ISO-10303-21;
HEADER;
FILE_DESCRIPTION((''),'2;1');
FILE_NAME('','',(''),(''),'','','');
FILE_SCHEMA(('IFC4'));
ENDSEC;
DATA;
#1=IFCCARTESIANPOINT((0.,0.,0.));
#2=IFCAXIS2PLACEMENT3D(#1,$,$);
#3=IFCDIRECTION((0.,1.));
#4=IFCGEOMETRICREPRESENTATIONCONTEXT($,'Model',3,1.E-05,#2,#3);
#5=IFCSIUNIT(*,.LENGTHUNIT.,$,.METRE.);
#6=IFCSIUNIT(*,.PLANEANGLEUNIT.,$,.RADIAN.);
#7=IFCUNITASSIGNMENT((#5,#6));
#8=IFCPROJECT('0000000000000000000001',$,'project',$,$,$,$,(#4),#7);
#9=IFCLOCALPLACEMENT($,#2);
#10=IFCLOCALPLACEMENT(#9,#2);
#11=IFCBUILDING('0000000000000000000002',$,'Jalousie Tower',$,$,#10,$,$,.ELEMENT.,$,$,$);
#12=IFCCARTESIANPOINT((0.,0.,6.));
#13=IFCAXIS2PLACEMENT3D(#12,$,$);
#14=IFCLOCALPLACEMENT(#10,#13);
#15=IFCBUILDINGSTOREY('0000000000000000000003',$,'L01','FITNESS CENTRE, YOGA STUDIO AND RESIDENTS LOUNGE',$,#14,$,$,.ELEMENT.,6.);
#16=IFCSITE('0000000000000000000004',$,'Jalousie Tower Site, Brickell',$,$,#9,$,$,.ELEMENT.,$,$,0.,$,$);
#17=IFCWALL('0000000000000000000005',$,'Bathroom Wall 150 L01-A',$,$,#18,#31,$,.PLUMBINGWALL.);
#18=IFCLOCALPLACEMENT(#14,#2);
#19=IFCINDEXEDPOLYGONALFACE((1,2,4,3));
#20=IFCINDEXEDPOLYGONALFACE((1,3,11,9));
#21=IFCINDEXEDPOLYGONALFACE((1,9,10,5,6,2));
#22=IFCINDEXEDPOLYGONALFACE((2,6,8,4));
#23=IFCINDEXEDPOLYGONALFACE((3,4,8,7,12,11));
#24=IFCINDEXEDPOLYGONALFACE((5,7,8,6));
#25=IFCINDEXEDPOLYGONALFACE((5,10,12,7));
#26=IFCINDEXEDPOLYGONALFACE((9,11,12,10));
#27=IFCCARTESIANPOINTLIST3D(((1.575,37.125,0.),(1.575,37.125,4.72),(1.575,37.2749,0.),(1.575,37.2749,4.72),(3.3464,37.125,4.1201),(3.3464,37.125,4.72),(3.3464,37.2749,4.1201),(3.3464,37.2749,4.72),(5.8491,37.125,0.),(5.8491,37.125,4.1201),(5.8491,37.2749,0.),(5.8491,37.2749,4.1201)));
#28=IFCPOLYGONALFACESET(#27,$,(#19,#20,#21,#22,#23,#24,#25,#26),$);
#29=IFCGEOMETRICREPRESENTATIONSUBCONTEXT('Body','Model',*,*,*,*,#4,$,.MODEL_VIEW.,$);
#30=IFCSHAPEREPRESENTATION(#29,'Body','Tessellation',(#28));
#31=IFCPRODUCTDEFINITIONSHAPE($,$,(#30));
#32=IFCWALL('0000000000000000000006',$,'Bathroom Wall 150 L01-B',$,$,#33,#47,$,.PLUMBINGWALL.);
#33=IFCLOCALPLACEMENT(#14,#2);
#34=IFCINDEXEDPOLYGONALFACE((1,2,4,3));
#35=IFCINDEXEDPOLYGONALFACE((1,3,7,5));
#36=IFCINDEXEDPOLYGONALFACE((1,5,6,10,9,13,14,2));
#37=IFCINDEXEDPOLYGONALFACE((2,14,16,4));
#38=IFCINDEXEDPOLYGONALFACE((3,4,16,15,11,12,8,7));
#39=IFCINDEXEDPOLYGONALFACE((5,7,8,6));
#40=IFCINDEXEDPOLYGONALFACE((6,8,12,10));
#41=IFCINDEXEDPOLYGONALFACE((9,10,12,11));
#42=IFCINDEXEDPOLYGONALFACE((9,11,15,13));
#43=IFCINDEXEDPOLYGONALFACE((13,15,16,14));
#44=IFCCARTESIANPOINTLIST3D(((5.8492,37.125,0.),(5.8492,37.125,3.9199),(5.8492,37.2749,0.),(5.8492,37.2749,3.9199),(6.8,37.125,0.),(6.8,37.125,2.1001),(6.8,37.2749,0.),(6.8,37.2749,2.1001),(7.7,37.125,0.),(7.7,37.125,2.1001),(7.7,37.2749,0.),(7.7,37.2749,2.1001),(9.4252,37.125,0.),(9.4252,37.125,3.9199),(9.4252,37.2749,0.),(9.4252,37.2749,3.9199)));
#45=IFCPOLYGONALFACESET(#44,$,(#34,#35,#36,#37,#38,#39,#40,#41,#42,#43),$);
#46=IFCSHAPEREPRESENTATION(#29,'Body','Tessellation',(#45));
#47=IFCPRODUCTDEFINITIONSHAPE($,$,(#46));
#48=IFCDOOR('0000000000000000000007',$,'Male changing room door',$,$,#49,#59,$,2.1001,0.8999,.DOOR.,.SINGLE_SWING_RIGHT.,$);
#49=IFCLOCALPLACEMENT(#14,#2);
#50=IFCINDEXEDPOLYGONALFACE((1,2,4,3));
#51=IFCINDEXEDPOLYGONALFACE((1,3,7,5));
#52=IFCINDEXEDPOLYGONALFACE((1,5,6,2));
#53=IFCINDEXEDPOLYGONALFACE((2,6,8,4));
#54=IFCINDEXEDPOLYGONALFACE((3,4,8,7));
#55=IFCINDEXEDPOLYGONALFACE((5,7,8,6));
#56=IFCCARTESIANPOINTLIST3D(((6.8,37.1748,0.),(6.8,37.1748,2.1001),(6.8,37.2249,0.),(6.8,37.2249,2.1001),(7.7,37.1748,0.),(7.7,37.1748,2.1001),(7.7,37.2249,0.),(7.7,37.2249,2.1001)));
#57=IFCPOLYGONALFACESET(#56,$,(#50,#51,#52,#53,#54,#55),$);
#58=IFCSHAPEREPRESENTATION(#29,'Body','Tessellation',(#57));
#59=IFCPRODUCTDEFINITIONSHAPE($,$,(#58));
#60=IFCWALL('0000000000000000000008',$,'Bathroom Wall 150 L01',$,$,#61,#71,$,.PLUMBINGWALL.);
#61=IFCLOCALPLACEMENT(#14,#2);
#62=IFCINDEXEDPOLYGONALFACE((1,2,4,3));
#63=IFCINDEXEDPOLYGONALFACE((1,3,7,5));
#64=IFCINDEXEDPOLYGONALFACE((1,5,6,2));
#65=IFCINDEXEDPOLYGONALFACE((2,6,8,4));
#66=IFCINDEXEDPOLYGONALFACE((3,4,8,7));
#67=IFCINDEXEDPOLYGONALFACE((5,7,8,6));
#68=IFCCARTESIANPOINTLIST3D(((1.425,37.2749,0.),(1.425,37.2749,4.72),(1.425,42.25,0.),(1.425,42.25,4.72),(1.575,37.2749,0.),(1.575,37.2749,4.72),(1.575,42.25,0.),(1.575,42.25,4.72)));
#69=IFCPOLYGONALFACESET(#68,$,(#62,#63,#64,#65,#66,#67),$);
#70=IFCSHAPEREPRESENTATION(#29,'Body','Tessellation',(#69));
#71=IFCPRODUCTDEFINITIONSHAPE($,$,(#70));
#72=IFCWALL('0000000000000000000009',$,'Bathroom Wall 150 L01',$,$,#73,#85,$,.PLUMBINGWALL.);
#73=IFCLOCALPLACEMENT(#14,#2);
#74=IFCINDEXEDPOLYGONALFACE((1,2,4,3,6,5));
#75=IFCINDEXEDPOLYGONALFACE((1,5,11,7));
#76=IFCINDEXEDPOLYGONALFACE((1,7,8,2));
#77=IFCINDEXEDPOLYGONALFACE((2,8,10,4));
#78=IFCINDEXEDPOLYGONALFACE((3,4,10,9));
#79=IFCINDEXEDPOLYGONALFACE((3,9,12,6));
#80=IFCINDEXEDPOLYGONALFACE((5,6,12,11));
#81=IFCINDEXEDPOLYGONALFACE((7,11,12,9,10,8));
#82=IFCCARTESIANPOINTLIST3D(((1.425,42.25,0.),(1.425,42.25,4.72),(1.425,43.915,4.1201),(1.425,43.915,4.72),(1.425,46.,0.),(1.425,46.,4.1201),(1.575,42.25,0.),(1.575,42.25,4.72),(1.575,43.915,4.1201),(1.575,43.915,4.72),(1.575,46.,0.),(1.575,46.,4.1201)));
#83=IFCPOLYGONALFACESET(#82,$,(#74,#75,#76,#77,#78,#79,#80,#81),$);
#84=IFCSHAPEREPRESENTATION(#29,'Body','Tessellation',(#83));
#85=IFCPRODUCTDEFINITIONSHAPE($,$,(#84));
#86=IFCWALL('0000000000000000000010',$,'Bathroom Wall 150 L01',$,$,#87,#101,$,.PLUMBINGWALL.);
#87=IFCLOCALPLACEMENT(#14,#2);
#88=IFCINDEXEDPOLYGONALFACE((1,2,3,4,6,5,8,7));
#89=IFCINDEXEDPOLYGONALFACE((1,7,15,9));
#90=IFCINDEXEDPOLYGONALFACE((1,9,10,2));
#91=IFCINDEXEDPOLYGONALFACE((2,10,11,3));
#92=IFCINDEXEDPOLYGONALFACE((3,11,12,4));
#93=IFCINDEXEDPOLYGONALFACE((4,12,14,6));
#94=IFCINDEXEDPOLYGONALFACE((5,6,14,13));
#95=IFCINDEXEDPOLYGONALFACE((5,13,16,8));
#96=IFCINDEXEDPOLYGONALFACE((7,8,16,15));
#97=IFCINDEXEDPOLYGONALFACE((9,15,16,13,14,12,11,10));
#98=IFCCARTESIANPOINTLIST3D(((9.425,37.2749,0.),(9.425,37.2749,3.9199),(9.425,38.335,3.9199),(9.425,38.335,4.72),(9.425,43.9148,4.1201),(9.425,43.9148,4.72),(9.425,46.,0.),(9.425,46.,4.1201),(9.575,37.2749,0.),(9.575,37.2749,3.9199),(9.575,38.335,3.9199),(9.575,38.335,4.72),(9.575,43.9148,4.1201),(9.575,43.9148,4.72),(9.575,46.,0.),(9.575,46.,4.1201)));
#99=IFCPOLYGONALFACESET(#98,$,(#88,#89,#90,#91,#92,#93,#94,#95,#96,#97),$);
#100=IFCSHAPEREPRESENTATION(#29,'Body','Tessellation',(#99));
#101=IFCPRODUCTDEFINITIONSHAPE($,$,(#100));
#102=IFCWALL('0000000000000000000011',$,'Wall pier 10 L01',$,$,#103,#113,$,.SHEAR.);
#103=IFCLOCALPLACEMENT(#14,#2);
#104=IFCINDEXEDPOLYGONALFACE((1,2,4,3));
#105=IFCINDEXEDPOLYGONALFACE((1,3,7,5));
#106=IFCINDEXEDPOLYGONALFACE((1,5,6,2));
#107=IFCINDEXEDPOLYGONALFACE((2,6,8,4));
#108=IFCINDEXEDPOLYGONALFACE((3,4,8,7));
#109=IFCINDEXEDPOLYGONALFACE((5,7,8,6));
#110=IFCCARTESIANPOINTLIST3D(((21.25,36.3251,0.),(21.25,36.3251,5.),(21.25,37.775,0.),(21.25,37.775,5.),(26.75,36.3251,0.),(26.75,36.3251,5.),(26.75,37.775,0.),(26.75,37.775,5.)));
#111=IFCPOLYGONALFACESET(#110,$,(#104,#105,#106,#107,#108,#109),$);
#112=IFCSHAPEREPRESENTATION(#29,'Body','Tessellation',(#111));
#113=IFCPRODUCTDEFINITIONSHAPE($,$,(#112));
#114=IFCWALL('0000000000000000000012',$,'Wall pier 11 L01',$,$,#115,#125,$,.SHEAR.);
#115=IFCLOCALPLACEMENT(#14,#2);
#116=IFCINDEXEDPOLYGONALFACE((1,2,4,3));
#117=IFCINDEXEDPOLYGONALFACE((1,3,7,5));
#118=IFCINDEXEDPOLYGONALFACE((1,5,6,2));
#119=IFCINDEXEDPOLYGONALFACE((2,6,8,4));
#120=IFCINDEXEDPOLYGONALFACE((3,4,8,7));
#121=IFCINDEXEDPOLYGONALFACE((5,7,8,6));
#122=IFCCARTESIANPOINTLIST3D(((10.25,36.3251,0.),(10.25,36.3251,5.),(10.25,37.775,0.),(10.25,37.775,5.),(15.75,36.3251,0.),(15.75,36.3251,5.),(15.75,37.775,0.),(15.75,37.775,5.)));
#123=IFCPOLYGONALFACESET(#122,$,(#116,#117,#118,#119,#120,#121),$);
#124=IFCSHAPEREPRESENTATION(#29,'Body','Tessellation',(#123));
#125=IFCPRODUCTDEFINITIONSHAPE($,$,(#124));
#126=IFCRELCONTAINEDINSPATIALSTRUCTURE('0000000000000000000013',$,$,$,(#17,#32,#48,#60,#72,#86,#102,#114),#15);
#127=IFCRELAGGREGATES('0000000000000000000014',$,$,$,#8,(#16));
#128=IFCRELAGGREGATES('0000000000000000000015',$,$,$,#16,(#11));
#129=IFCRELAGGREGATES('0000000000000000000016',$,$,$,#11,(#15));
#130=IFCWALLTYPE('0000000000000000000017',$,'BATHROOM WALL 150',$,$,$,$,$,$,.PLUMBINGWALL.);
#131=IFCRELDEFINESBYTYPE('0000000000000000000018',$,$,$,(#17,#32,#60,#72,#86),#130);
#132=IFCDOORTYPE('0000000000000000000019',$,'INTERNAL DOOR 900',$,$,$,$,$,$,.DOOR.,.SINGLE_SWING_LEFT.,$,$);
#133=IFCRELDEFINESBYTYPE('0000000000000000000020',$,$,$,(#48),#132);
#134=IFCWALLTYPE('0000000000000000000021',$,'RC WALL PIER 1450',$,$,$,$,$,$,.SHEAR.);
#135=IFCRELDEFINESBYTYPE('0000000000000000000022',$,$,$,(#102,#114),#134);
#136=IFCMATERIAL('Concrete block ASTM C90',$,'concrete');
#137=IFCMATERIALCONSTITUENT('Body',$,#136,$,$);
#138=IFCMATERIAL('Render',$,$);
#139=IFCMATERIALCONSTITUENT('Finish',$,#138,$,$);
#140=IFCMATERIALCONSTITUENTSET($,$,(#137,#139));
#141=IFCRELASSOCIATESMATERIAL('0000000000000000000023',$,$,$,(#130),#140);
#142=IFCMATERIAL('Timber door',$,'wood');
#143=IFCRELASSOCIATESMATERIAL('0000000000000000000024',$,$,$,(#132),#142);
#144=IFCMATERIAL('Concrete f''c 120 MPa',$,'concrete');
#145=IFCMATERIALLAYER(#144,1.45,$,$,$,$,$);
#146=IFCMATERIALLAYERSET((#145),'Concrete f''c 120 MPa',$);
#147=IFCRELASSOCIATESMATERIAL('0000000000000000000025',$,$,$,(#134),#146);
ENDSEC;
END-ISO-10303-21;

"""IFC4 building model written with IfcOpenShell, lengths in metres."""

from ifc_helpers import new_model, si_unit, direction, frame, frame_2d, origin, place, context, subcontext, project, spatial, polyline, rectangle, outline, extrude, material, layer, layer_set, constituent, constituent_set, type_object, element, fill, save


model = new_model("IFC4")

# Units and contexts
model_context = context("Model", 3, precision=1e-05, world=origin(), true_north=direction((0.0, 1.0)))
body_context = subcontext(model_context, "Body", "Model", "MODEL_VIEW")
ifc_project = project(units=[si_unit("LENGTHUNIT", "METRE"), si_unit("PLANEANGLEUNIT", "RADIAN")], contexts=[model_context])

# Site, building, storey
site_placement = place(None, origin())
site = spatial("IfcSite", under=ifc_project, at=site_placement, Name="Jalousie Tower Site, Brickell", CompositionType="ELEMENT", RefElevation=0.0)
building_placement = place(site_placement, origin())
building = spatial("IfcBuilding", under=site, at=building_placement, Name="Jalousie Tower", CompositionType="ELEMENT")
storey_placement = place(building_placement, frame((0.0, 0.0, 6.0)))
storey = spatial("IfcBuildingStorey", under=building, at=storey_placement, Name="L01", Description="FITNESS CENTRE, YOGA STUDIO AND RESIDENTS LOUNGE", CompositionType="ELEMENT", Elevation=6.0)

# Wall
ifc_material_1 = material(Name="Concrete block ASTM C90", Category="concrete")
ifc_constituent_1 = constituent(ifc_material_1, Name="Body")
ifc_material_2 = material(Name="Render")
ifc_constituent_2 = constituent(ifc_material_2, Name="Finish")
ifc_constituent_set = constituent_set(constituents=[ifc_constituent_1, ifc_constituent_2])
wall_type_1 = type_object("IfcWallType", Name="BATHROOM WALL 150", PredefinedType="PLUMBINGWALL", material=ifc_constituent_set)
wall_1_placement = place(storey_placement, frame((1.575, 37.2, 0.0), z_axis=(0.0, 0.0, 1.0), x_axis=(1.0, 0.0, 0.0)))
element("IfcWall", 1, at=wall_1_placement, inside=storey, type_object=wall_type_1, Name="Bathroom Wall 150 L01-A", PredefinedType="PLUMBINGWALL", context=body_context, shape_type="SweptSolid", body=[
    extrude(outline(polyline([(0.0, 0.0), (4.2742, 0.0), (4.2742, 4.1201), (1.7715, 4.1201), (1.7715, 4.72), (0.0, 4.72), (0.0, 0.0)])), frame((0.0, 0.075, 0.0), z_axis=(0.0, -1.0, 0.0), x_axis=(1.0, 0.0, 0.0)), (0.0, 0.0, 1.0), 0.1499),
])

# Wall, opening, door
wall_2_placement = place(storey_placement, frame((5.8491, 37.2, 0.0), z_axis=(0.0, 0.0, 1.0), x_axis=(1.0, 0.0, 0.0)))
wall_2 = element("IfcWall", 2, at=wall_2_placement, inside=storey, type_object=wall_type_1, Name="Bathroom Wall 150 L01-B", PredefinedType="PLUMBINGWALL", context=body_context, shape_type="SweptSolid", body=[
    extrude(rectangle(XDim=3.5759, YDim=0.1499, at=frame_2d((1.7881, 0.0))), origin(), (0.0, 0.0, 1.0), 3.9199),
])
opening_placement = place(wall_2_placement, frame((0.9509, 0.0, 0.0)))
opening = element("IfcOpeningElement", 3, at=opening_placement, cuts=wall_2, PredefinedType="OPENING", context=body_context, shape_type="SweptSolid", body=[
    extrude(rectangle(XDim=0.8999, YDim=2.1001, at=frame_2d((0.45, 1.05))), frame((0.0, 0.085, 0.0), z_axis=(0.0, -1.0, 0.0), x_axis=(1.0, 0.0, 0.0)), (0.0, 0.0, 1.0), 0.1699),
])
ifc_material_3 = material(Name="Timber door", Category="wood")
door_type = type_object("IfcDoorType", Name="INTERNAL DOOR 900", OperationType="SINGLE_SWING_LEFT", PredefinedType="DOOR", material=ifc_material_3)
door_placement = place(opening_placement, origin())
door = element("IfcDoor", 4, at=door_placement, inside=storey, type_object=door_type, Name="Male changing room door", OperationType="SINGLE_SWING_RIGHT", OverallHeight=2.1001, OverallWidth=0.8999, PredefinedType="DOOR", context=body_context, shape_type="SweptSolid", body=[
    extrude(rectangle(XDim=0.8999, YDim=2.1001, at=frame_2d((0.45, 1.05))), frame((0.0, 0.0249, 0.0), z_axis=(0.0, -1.0, 0.0), x_axis=(1.0, 0.0, 0.0)), (0.0, 0.0, 1.0), 0.05),
])
fill(opening, door)

# Walls
wall_3_placement = place(storey_placement, frame((1.5, 37.2749, 0.0), z_axis=(0.0, 0.0, 1.0), x_axis=(0.0, 1.0, 0.0)))
element("IfcWall", 5, at=wall_3_placement, inside=storey, type_object=wall_type_1, Name="Bathroom Wall 150 L01", PredefinedType="PLUMBINGWALL", context=body_context, shape_type="SweptSolid", body=[
    extrude(rectangle(XDim=4.9751, YDim=0.1499, at=frame_2d((2.4875, 0.0))), origin(), (0.0, 0.0, 1.0), 4.72),
])
wall_4_placement = place(storey_placement, frame((1.5, 42.25, 0.0), z_axis=(0.0, 0.0, 1.0), x_axis=(0.0, 1.0, 0.0)))
element("IfcWall", 6, at=wall_4_placement, inside=storey, type_object=wall_type_1, Name="Bathroom Wall 150 L01", PredefinedType="PLUMBINGWALL", context=body_context, shape_type="SweptSolid", body=[
    extrude(outline(polyline([(0.0, 0.0), (3.75, 0.0), (3.75, 4.72), (3.75, 4.1201), (1.665, 4.1201), (1.665, 4.72), (0.0, 4.72), (0.0, 0.0)])), frame((0.0, 0.075, 0.0), z_axis=(0.0, -1.0, 0.0), x_axis=(1.0, 0.0, 0.0)), (0.0, 0.0, 1.0), 0.1499),
])
wall_5_placement = place(storey_placement, frame((9.5, 37.2749, 0.0), z_axis=(0.0, 0.0, 1.0), x_axis=(0.0, 1.0, 0.0)))
element("IfcWall", 7, at=wall_5_placement, inside=storey, type_object=wall_type_1, Name="Bathroom Wall 150 L01", PredefinedType="PLUMBINGWALL", context=body_context, shape_type="SweptSolid", body=[
    extrude(outline(polyline([(0.0, 0.0), (8.7251, 0.0), (8.7251, 4.72), (8.7251, 4.1201), (6.6399, 4.1201), (6.6399, 4.72), (1.0601, 4.72), (1.0601, 3.9199), (0.0, 3.9199), (0.0, 4.72), (0.0, 0.0)])), frame((0.0, 0.075, 0.0), z_axis=(0.0, -1.0, 0.0), x_axis=(1.0, 0.0, 0.0)), (0.0, 0.0, 1.0), 0.1499),
])
ifc_material_4 = material(Name="Concrete f'c 120 MPa", Category="concrete")
ifc_layer_1 = layer(ifc_material_4, 1.45)
ifc_layer_set_1 = layer_set([ifc_layer_1], Name="Concrete f'c 120 MPa")
wall_type_2 = type_object("IfcWallType", Name="RC WALL PIER 1450", PredefinedType="SHEAR", material=ifc_layer_set_1)
for number, where, z_axis, x_axis, name in (
    (8, (21.25, 37.05, 0.0), (0.0, 0.0, 1.0), (1.0, 0.0, 0.0), "Wall pier 10 L01"),
    (9, (10.25, 37.05, 0.0), (0.0, 0.0, 1.0), (1.0, 0.0, 0.0), "Wall pier 11 L01"),
):
    element("IfcWall", number, at=place(storey_placement, frame(where, z_axis=z_axis, x_axis=x_axis)), inside=storey, type_object=wall_type_2, Name=name, PredefinedType="SHEAR", context=body_context, shape_type="SweptSolid", body=[
        extrude(rectangle(XDim=5.5, YDim=1.45, at=frame_2d((2.75, 0.0))), origin(), (0.0, 0.0, 1.0), 5.0),
    ])

save(model, "model.ifc")
